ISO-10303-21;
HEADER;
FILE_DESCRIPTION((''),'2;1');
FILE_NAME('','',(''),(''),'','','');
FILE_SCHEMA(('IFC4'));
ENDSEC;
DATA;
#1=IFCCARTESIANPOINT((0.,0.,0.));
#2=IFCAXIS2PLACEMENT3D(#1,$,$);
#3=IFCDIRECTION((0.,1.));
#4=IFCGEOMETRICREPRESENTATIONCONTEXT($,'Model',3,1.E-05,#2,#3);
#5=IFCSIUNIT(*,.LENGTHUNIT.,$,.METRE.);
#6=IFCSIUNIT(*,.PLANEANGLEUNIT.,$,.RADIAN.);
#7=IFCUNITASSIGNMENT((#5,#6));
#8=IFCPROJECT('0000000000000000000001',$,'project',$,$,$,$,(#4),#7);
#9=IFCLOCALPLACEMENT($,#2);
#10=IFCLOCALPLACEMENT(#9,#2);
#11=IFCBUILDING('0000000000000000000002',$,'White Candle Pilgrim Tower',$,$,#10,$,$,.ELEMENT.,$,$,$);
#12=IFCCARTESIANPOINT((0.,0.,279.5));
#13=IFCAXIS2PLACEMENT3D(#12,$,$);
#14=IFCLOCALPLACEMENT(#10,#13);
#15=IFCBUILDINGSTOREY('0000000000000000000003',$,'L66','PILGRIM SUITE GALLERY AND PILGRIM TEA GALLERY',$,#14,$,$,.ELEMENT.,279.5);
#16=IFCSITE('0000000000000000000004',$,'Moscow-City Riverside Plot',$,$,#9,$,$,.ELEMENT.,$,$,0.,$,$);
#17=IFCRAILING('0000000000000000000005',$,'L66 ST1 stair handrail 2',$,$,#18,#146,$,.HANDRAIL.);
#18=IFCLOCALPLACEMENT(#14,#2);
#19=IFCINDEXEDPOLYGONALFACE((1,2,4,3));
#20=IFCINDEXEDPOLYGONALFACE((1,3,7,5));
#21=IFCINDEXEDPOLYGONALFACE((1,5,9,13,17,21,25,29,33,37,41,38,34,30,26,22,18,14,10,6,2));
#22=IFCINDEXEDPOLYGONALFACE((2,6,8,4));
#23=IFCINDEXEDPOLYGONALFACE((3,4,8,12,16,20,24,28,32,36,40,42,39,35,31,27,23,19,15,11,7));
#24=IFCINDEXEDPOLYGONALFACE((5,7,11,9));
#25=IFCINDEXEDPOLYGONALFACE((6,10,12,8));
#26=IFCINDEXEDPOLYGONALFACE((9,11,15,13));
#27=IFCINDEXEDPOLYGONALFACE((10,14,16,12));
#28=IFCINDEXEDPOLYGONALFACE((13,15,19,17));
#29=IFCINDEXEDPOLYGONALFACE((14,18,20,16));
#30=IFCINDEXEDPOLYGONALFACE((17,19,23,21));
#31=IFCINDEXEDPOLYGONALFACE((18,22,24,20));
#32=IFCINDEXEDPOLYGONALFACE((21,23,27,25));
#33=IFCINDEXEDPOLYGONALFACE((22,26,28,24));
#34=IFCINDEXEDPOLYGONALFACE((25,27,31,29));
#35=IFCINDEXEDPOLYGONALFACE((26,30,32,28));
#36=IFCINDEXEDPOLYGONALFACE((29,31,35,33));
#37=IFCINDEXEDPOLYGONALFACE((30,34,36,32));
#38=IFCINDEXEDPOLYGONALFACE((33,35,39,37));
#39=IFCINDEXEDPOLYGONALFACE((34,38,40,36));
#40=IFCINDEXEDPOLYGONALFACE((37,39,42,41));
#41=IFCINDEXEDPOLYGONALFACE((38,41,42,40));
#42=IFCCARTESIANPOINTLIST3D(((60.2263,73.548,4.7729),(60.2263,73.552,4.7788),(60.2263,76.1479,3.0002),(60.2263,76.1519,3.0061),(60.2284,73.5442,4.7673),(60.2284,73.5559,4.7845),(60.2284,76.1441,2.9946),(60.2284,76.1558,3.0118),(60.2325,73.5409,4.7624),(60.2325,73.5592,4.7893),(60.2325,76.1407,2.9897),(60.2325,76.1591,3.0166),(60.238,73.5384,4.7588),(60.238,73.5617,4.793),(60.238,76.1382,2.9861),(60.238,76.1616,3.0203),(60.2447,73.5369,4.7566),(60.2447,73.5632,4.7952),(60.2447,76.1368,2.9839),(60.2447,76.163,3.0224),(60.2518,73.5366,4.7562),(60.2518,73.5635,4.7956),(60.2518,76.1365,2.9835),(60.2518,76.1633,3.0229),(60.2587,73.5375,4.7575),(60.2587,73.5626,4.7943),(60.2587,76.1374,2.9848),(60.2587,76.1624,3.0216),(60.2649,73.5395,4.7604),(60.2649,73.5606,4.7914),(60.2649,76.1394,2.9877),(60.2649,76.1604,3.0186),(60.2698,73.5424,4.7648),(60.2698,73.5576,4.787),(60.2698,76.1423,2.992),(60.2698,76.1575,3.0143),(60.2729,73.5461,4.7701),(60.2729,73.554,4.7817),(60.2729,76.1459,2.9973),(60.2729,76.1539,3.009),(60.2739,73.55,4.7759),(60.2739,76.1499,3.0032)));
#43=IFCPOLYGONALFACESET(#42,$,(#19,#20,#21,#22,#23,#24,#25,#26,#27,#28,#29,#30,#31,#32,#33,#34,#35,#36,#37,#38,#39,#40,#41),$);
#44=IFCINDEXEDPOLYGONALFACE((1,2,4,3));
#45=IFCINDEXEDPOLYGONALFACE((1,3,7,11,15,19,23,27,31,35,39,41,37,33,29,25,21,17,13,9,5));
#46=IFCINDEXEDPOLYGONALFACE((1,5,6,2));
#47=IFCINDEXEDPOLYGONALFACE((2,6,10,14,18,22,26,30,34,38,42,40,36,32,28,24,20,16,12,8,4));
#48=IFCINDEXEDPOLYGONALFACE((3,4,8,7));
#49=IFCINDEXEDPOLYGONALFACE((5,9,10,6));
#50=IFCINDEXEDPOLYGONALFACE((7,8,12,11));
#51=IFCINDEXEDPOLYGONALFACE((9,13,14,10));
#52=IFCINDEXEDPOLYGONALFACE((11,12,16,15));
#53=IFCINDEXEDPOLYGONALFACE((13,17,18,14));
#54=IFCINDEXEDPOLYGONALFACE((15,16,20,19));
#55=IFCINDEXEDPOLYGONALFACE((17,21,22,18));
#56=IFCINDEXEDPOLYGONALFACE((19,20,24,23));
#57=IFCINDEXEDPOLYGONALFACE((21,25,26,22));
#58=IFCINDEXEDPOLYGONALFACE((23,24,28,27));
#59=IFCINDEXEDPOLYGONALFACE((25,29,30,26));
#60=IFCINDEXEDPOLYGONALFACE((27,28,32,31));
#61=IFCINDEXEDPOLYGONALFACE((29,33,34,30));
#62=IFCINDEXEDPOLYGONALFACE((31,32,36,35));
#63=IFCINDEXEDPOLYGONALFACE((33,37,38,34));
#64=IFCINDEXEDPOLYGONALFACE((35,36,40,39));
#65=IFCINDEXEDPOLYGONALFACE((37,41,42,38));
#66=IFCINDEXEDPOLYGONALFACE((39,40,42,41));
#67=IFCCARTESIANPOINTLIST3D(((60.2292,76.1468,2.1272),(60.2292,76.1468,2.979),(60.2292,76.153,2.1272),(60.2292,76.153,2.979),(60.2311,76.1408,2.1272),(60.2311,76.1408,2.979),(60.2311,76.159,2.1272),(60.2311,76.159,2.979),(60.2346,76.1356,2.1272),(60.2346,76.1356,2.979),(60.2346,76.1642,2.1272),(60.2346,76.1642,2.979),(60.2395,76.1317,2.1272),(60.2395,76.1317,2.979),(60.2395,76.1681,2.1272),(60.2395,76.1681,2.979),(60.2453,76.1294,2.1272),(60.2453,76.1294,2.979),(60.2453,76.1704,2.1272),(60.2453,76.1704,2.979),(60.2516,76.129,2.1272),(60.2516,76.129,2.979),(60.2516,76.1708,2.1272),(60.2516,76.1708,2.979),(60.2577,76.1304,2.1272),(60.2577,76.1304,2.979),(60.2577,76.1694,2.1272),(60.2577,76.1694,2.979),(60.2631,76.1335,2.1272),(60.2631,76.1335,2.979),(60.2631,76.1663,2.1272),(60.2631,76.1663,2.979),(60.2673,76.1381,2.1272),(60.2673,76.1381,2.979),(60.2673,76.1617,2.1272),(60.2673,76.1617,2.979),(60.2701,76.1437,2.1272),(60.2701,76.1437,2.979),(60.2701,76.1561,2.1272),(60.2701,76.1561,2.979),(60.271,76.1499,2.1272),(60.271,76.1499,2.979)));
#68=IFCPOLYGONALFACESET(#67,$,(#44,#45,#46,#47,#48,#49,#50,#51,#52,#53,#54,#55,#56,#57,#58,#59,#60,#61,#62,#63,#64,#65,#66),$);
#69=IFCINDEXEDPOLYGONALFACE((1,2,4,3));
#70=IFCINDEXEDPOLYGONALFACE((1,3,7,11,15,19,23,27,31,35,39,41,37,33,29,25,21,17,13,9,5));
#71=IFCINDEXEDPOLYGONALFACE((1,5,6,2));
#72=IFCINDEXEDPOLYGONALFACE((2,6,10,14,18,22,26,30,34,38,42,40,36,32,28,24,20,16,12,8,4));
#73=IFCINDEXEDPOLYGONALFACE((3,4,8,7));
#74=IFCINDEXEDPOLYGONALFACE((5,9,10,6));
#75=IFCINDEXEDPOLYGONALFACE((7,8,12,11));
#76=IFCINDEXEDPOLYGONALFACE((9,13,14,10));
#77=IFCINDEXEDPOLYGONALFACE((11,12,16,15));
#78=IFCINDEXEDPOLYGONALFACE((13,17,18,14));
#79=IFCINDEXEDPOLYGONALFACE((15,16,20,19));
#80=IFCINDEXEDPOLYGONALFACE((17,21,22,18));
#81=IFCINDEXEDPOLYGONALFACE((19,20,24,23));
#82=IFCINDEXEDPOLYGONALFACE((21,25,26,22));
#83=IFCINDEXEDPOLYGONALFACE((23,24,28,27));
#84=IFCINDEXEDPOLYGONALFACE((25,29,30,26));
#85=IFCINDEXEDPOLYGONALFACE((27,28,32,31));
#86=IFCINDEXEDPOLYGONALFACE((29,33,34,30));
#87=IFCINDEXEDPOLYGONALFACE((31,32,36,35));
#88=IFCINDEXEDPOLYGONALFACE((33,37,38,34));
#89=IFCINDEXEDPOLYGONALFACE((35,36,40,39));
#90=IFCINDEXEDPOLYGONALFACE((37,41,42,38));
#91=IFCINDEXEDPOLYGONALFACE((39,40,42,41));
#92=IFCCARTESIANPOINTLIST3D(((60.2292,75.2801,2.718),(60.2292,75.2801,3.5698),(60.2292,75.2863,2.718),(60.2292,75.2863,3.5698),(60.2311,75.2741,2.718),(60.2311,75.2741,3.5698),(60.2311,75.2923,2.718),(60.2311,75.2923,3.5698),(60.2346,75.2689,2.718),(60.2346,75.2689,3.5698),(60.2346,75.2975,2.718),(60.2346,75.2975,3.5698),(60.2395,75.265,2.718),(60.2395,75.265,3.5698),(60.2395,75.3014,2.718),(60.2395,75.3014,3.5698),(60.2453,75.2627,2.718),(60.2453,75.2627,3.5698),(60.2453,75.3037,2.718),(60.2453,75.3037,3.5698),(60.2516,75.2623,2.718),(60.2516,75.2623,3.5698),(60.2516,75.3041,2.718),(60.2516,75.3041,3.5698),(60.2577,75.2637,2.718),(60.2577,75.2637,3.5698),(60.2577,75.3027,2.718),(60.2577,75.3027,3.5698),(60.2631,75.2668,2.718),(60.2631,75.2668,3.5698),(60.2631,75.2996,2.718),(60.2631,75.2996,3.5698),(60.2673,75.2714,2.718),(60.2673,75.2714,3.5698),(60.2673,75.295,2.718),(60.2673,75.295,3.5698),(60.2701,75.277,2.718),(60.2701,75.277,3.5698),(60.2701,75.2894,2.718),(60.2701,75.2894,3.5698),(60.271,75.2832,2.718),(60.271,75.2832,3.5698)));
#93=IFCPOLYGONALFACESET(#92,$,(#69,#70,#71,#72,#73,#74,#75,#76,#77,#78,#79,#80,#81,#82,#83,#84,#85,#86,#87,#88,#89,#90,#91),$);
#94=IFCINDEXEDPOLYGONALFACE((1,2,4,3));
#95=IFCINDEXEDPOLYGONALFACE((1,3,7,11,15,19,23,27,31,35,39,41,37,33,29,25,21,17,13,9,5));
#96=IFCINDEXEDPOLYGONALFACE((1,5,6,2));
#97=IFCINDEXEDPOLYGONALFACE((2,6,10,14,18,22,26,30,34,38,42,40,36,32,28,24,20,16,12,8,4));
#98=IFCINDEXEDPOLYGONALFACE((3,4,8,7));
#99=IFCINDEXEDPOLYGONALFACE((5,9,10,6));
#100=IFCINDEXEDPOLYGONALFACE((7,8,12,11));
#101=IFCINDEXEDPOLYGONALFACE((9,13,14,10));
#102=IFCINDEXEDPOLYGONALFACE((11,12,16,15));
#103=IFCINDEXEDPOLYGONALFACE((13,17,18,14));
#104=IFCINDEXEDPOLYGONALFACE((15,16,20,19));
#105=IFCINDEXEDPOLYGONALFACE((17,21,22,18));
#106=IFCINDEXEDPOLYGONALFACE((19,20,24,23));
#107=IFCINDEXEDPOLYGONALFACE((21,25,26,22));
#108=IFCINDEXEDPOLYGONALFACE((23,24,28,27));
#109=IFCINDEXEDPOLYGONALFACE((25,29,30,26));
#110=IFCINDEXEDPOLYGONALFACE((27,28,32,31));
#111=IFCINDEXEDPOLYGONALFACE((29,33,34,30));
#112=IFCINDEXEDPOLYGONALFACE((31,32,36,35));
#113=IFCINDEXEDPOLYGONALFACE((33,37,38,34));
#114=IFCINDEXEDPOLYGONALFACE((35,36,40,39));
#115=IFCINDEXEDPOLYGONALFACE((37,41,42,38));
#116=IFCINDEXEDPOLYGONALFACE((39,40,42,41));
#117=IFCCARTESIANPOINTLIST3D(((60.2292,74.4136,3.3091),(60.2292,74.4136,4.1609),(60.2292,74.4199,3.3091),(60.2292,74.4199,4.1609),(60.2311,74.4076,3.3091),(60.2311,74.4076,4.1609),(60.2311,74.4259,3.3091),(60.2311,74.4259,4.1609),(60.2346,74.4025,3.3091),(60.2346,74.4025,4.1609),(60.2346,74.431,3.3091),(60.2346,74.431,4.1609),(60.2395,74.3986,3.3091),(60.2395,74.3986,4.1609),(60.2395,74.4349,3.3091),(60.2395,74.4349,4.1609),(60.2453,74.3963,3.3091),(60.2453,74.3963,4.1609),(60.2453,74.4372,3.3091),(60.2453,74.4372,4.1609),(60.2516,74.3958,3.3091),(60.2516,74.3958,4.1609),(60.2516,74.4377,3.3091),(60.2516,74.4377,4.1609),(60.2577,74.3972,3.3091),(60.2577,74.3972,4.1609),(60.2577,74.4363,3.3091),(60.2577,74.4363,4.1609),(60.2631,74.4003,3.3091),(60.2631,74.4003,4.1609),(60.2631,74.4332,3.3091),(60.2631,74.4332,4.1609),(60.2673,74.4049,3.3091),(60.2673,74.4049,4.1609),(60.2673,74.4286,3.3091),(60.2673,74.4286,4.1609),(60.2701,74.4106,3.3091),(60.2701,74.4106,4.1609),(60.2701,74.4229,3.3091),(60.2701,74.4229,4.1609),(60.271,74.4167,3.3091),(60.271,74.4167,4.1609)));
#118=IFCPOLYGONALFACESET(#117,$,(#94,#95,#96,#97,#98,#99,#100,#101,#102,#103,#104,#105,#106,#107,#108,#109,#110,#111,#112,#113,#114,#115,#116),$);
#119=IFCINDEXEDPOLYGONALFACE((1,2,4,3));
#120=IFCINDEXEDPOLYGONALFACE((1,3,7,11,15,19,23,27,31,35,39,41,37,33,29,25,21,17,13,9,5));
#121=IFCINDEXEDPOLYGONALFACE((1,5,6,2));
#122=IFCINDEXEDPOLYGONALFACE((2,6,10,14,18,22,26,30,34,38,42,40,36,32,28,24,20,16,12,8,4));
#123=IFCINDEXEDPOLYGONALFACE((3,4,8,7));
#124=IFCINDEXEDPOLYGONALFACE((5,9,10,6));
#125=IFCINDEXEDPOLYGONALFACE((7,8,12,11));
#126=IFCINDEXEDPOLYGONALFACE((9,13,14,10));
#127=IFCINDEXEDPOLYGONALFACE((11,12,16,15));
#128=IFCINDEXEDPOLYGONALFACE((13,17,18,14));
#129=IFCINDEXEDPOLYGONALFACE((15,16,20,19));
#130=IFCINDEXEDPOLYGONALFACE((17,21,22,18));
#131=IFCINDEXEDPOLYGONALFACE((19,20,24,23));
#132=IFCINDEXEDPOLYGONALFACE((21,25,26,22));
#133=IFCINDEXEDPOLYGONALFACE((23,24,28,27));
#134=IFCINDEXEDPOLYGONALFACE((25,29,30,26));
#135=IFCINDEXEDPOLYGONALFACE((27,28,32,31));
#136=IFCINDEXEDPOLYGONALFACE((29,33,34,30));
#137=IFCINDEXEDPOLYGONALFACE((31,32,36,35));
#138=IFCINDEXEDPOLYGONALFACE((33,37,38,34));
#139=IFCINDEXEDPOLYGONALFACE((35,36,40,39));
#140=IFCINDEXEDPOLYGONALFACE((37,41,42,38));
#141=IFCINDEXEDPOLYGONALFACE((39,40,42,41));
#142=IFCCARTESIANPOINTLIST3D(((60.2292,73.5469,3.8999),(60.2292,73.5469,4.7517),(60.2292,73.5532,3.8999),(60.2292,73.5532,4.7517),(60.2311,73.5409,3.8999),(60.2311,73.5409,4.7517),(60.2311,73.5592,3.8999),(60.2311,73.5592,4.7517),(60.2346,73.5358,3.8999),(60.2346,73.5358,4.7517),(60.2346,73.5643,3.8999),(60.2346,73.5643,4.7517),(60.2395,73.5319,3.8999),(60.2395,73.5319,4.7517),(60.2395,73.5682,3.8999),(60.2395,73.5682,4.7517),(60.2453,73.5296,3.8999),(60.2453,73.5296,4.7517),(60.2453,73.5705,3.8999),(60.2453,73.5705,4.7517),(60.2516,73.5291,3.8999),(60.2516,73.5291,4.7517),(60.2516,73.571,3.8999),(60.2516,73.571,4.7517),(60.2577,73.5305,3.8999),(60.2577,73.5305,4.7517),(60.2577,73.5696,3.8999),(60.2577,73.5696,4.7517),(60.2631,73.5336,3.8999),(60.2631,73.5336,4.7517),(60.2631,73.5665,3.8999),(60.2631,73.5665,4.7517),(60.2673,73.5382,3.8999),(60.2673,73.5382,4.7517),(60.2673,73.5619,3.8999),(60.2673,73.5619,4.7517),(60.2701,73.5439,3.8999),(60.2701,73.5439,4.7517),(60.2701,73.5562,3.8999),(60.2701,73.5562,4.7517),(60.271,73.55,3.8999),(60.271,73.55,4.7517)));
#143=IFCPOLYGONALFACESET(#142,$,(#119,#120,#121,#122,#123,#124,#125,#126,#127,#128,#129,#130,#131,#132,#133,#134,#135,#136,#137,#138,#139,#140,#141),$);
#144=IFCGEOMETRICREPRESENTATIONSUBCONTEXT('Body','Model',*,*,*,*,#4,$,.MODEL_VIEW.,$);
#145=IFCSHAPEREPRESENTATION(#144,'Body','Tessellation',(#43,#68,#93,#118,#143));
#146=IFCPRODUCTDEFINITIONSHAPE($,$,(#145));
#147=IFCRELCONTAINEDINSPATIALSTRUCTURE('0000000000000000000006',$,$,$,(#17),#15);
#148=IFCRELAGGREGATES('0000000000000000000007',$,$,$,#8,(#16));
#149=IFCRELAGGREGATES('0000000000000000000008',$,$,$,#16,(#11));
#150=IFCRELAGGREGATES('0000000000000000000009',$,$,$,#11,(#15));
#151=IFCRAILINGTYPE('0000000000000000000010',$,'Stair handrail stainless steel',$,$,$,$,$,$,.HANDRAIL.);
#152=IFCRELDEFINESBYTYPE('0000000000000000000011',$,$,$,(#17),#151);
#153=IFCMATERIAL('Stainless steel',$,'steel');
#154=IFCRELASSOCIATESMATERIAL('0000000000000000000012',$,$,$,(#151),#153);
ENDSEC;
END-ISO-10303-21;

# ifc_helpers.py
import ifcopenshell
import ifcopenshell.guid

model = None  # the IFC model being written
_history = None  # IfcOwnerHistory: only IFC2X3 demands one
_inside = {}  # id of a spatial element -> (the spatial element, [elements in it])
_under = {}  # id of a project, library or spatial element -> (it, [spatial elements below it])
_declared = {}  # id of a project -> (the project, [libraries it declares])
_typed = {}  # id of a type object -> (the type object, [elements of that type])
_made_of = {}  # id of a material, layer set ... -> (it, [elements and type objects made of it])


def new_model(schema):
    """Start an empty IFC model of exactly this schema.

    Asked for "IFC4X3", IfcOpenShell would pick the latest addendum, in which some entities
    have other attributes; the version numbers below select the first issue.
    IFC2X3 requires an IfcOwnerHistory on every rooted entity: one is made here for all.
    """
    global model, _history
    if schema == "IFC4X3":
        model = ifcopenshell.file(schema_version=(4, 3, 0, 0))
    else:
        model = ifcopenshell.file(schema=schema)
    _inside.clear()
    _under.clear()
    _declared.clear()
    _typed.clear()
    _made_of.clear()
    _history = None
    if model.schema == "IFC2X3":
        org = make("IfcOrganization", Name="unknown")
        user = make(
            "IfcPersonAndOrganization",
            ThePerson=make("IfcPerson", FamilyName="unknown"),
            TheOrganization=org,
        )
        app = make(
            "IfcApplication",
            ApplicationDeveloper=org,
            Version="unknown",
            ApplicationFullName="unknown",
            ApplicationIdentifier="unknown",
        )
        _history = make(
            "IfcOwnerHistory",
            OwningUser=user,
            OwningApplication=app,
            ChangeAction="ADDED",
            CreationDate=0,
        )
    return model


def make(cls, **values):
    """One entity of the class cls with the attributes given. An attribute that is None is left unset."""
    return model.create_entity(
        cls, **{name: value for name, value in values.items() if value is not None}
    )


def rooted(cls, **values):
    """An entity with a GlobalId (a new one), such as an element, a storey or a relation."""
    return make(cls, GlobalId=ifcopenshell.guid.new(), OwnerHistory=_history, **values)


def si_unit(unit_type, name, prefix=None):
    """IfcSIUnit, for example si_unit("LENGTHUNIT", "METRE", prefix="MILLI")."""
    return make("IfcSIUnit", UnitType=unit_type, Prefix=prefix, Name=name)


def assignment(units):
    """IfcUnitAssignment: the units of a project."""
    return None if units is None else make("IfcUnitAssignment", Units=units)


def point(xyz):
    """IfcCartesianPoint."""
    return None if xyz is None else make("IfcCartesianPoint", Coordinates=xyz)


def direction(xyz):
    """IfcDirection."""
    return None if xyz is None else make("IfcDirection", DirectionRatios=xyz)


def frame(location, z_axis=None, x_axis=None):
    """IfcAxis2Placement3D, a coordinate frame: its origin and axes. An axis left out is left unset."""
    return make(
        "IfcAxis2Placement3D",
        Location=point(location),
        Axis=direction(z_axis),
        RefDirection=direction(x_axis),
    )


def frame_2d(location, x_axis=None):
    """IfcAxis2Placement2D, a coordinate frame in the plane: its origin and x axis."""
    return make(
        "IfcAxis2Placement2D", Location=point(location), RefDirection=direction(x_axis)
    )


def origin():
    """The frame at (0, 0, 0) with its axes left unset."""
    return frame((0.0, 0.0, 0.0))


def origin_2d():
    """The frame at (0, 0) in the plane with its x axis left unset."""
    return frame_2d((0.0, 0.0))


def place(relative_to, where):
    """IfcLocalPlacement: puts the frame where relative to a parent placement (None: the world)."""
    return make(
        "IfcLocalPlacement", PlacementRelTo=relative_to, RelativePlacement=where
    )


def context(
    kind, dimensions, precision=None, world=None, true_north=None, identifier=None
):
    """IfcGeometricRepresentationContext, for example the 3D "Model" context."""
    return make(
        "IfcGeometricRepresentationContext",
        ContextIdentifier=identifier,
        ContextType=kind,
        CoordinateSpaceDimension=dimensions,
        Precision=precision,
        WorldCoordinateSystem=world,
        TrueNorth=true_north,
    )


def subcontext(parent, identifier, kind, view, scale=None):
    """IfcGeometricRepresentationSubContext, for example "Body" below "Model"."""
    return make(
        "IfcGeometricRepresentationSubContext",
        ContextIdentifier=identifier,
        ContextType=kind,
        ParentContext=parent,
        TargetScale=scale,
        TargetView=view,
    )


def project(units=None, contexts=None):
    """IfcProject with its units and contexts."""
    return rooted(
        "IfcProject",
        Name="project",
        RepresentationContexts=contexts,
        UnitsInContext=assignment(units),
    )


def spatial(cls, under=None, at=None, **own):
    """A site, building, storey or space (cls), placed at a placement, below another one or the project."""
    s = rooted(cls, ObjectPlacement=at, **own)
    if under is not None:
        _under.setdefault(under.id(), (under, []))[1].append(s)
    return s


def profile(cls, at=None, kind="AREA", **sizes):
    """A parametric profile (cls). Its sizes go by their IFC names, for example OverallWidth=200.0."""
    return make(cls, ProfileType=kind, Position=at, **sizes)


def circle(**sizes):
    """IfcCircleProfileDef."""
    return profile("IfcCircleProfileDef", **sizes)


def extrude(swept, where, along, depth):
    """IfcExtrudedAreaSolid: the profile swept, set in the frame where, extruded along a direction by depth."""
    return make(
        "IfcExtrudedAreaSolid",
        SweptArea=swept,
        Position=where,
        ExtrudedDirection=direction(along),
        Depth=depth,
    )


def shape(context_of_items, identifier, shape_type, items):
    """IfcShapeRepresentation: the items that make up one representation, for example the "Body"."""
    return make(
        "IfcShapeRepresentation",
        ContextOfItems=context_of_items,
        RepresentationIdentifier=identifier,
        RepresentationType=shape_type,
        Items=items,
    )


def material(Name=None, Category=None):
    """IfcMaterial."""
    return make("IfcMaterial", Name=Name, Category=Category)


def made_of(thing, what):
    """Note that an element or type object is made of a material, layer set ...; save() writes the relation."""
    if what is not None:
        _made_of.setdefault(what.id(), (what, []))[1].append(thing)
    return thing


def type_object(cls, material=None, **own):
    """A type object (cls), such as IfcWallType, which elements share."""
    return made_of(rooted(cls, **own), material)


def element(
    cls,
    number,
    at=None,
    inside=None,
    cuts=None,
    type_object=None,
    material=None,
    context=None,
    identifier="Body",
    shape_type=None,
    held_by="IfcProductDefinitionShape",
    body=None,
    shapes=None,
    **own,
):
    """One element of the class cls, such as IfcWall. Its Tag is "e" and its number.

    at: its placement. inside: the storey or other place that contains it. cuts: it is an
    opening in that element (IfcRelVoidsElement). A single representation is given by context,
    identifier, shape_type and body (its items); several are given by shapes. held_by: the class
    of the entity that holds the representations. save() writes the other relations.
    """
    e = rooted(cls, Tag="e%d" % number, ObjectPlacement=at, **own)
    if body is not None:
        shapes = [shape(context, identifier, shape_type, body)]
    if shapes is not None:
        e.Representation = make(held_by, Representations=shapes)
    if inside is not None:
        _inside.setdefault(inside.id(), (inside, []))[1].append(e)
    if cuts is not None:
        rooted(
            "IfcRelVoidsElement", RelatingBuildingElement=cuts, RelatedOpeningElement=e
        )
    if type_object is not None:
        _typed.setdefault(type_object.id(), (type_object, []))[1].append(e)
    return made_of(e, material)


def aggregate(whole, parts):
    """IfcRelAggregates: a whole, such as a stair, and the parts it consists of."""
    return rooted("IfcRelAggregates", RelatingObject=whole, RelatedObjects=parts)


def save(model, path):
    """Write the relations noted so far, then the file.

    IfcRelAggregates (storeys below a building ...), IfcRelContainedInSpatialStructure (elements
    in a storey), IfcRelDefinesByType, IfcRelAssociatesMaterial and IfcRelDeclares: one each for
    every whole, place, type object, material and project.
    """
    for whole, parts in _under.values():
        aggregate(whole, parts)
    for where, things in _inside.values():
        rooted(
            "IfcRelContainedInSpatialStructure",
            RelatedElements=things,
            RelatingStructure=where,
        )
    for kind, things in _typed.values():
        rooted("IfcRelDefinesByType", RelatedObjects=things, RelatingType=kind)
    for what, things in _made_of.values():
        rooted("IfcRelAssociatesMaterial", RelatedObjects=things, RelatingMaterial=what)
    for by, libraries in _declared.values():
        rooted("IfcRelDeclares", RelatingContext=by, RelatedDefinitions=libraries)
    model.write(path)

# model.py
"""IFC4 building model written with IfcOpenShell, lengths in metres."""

from ifc_helpers import new_model, si_unit, direction, frame, origin, origin_2d, place, context, subcontext, project, spatial, circle, extrude, material, type_object, element, save


model = new_model("IFC4")

# Units and contexts
model_context = context("Model", 3, precision=1e-05, world=origin(), true_north=direction((0.0, 1.0)))
body_context = subcontext(model_context, "Body", "Model", "MODEL_VIEW")
ifc_project = project(units=[si_unit("LENGTHUNIT", "METRE"), si_unit("PLANEANGLEUNIT", "RADIAN")], contexts=[model_context])

# Site, building, storey
site_placement = place(None, origin())
site = spatial("IfcSite", under=ifc_project, at=site_placement, Name="Moscow-City Riverside Plot", CompositionType="ELEMENT", RefElevation=0.0)
building_placement = place(site_placement, origin())
building = spatial("IfcBuilding", under=site, at=building_placement, Name="White Candle Pilgrim Tower", CompositionType="ELEMENT")
storey_placement = place(building_placement, frame((0.0, 0.0, 279.5)))
storey = spatial("IfcBuildingStorey", under=building, at=storey_placement, Name="L66", Description="PILGRIM SUITE GALLERY AND PILGRIM TEA GALLERY", CompositionType="ELEMENT", Elevation=279.5)

# Shared definitions
ifc_material_1 = material(Name="Stainless steel", Category="steel")

# Railing
railing_type_1 = type_object("IfcRailingType", Name="Stair handrail stainless steel", PredefinedType="HANDRAIL", material=ifc_material_1)
railing_1_placement = place(storey_placement, frame((60.25, 76.1499, 2.1272)))
element("IfcRailing", 1, at=railing_1_placement, inside=storey, type_object=railing_type_1, Name="L66 ST1 stair handrail 2", PredefinedType="HANDRAIL", context=body_context, shape_type="SweptSolid", body=[
    extrude(circle(Radius=0.0239, at=origin_2d()), frame((0.0, 0.0, 0.876), z_axis=(0.0, -0.826216, 0.563354), x_axis=(1.0, 0.0, 0.0)), (0.0, 0.0, 1.0), 3.1467),
    extrude(circle(Radius=0.021, at=origin_2d()), origin(), (0.0, 0.0, 1.0), 0.8518),
    extrude(circle(Radius=0.021, at=origin_2d()), frame((0.0, -0.8667, 0.5908)), (0.0, 0.0, 1.0), 0.8518),
    extrude(circle(Radius=0.021, at=origin_2d()), frame((0.0, -1.7332, 1.1819)), (0.0, 0.0, 1.0), 0.8518),
    extrude(circle(Radius=0.021, at=origin_2d()), frame((0.0, -2.5999, 1.7727)), (0.0, 0.0, 1.0), 0.8518),
])

save(model, "model.ifc")
